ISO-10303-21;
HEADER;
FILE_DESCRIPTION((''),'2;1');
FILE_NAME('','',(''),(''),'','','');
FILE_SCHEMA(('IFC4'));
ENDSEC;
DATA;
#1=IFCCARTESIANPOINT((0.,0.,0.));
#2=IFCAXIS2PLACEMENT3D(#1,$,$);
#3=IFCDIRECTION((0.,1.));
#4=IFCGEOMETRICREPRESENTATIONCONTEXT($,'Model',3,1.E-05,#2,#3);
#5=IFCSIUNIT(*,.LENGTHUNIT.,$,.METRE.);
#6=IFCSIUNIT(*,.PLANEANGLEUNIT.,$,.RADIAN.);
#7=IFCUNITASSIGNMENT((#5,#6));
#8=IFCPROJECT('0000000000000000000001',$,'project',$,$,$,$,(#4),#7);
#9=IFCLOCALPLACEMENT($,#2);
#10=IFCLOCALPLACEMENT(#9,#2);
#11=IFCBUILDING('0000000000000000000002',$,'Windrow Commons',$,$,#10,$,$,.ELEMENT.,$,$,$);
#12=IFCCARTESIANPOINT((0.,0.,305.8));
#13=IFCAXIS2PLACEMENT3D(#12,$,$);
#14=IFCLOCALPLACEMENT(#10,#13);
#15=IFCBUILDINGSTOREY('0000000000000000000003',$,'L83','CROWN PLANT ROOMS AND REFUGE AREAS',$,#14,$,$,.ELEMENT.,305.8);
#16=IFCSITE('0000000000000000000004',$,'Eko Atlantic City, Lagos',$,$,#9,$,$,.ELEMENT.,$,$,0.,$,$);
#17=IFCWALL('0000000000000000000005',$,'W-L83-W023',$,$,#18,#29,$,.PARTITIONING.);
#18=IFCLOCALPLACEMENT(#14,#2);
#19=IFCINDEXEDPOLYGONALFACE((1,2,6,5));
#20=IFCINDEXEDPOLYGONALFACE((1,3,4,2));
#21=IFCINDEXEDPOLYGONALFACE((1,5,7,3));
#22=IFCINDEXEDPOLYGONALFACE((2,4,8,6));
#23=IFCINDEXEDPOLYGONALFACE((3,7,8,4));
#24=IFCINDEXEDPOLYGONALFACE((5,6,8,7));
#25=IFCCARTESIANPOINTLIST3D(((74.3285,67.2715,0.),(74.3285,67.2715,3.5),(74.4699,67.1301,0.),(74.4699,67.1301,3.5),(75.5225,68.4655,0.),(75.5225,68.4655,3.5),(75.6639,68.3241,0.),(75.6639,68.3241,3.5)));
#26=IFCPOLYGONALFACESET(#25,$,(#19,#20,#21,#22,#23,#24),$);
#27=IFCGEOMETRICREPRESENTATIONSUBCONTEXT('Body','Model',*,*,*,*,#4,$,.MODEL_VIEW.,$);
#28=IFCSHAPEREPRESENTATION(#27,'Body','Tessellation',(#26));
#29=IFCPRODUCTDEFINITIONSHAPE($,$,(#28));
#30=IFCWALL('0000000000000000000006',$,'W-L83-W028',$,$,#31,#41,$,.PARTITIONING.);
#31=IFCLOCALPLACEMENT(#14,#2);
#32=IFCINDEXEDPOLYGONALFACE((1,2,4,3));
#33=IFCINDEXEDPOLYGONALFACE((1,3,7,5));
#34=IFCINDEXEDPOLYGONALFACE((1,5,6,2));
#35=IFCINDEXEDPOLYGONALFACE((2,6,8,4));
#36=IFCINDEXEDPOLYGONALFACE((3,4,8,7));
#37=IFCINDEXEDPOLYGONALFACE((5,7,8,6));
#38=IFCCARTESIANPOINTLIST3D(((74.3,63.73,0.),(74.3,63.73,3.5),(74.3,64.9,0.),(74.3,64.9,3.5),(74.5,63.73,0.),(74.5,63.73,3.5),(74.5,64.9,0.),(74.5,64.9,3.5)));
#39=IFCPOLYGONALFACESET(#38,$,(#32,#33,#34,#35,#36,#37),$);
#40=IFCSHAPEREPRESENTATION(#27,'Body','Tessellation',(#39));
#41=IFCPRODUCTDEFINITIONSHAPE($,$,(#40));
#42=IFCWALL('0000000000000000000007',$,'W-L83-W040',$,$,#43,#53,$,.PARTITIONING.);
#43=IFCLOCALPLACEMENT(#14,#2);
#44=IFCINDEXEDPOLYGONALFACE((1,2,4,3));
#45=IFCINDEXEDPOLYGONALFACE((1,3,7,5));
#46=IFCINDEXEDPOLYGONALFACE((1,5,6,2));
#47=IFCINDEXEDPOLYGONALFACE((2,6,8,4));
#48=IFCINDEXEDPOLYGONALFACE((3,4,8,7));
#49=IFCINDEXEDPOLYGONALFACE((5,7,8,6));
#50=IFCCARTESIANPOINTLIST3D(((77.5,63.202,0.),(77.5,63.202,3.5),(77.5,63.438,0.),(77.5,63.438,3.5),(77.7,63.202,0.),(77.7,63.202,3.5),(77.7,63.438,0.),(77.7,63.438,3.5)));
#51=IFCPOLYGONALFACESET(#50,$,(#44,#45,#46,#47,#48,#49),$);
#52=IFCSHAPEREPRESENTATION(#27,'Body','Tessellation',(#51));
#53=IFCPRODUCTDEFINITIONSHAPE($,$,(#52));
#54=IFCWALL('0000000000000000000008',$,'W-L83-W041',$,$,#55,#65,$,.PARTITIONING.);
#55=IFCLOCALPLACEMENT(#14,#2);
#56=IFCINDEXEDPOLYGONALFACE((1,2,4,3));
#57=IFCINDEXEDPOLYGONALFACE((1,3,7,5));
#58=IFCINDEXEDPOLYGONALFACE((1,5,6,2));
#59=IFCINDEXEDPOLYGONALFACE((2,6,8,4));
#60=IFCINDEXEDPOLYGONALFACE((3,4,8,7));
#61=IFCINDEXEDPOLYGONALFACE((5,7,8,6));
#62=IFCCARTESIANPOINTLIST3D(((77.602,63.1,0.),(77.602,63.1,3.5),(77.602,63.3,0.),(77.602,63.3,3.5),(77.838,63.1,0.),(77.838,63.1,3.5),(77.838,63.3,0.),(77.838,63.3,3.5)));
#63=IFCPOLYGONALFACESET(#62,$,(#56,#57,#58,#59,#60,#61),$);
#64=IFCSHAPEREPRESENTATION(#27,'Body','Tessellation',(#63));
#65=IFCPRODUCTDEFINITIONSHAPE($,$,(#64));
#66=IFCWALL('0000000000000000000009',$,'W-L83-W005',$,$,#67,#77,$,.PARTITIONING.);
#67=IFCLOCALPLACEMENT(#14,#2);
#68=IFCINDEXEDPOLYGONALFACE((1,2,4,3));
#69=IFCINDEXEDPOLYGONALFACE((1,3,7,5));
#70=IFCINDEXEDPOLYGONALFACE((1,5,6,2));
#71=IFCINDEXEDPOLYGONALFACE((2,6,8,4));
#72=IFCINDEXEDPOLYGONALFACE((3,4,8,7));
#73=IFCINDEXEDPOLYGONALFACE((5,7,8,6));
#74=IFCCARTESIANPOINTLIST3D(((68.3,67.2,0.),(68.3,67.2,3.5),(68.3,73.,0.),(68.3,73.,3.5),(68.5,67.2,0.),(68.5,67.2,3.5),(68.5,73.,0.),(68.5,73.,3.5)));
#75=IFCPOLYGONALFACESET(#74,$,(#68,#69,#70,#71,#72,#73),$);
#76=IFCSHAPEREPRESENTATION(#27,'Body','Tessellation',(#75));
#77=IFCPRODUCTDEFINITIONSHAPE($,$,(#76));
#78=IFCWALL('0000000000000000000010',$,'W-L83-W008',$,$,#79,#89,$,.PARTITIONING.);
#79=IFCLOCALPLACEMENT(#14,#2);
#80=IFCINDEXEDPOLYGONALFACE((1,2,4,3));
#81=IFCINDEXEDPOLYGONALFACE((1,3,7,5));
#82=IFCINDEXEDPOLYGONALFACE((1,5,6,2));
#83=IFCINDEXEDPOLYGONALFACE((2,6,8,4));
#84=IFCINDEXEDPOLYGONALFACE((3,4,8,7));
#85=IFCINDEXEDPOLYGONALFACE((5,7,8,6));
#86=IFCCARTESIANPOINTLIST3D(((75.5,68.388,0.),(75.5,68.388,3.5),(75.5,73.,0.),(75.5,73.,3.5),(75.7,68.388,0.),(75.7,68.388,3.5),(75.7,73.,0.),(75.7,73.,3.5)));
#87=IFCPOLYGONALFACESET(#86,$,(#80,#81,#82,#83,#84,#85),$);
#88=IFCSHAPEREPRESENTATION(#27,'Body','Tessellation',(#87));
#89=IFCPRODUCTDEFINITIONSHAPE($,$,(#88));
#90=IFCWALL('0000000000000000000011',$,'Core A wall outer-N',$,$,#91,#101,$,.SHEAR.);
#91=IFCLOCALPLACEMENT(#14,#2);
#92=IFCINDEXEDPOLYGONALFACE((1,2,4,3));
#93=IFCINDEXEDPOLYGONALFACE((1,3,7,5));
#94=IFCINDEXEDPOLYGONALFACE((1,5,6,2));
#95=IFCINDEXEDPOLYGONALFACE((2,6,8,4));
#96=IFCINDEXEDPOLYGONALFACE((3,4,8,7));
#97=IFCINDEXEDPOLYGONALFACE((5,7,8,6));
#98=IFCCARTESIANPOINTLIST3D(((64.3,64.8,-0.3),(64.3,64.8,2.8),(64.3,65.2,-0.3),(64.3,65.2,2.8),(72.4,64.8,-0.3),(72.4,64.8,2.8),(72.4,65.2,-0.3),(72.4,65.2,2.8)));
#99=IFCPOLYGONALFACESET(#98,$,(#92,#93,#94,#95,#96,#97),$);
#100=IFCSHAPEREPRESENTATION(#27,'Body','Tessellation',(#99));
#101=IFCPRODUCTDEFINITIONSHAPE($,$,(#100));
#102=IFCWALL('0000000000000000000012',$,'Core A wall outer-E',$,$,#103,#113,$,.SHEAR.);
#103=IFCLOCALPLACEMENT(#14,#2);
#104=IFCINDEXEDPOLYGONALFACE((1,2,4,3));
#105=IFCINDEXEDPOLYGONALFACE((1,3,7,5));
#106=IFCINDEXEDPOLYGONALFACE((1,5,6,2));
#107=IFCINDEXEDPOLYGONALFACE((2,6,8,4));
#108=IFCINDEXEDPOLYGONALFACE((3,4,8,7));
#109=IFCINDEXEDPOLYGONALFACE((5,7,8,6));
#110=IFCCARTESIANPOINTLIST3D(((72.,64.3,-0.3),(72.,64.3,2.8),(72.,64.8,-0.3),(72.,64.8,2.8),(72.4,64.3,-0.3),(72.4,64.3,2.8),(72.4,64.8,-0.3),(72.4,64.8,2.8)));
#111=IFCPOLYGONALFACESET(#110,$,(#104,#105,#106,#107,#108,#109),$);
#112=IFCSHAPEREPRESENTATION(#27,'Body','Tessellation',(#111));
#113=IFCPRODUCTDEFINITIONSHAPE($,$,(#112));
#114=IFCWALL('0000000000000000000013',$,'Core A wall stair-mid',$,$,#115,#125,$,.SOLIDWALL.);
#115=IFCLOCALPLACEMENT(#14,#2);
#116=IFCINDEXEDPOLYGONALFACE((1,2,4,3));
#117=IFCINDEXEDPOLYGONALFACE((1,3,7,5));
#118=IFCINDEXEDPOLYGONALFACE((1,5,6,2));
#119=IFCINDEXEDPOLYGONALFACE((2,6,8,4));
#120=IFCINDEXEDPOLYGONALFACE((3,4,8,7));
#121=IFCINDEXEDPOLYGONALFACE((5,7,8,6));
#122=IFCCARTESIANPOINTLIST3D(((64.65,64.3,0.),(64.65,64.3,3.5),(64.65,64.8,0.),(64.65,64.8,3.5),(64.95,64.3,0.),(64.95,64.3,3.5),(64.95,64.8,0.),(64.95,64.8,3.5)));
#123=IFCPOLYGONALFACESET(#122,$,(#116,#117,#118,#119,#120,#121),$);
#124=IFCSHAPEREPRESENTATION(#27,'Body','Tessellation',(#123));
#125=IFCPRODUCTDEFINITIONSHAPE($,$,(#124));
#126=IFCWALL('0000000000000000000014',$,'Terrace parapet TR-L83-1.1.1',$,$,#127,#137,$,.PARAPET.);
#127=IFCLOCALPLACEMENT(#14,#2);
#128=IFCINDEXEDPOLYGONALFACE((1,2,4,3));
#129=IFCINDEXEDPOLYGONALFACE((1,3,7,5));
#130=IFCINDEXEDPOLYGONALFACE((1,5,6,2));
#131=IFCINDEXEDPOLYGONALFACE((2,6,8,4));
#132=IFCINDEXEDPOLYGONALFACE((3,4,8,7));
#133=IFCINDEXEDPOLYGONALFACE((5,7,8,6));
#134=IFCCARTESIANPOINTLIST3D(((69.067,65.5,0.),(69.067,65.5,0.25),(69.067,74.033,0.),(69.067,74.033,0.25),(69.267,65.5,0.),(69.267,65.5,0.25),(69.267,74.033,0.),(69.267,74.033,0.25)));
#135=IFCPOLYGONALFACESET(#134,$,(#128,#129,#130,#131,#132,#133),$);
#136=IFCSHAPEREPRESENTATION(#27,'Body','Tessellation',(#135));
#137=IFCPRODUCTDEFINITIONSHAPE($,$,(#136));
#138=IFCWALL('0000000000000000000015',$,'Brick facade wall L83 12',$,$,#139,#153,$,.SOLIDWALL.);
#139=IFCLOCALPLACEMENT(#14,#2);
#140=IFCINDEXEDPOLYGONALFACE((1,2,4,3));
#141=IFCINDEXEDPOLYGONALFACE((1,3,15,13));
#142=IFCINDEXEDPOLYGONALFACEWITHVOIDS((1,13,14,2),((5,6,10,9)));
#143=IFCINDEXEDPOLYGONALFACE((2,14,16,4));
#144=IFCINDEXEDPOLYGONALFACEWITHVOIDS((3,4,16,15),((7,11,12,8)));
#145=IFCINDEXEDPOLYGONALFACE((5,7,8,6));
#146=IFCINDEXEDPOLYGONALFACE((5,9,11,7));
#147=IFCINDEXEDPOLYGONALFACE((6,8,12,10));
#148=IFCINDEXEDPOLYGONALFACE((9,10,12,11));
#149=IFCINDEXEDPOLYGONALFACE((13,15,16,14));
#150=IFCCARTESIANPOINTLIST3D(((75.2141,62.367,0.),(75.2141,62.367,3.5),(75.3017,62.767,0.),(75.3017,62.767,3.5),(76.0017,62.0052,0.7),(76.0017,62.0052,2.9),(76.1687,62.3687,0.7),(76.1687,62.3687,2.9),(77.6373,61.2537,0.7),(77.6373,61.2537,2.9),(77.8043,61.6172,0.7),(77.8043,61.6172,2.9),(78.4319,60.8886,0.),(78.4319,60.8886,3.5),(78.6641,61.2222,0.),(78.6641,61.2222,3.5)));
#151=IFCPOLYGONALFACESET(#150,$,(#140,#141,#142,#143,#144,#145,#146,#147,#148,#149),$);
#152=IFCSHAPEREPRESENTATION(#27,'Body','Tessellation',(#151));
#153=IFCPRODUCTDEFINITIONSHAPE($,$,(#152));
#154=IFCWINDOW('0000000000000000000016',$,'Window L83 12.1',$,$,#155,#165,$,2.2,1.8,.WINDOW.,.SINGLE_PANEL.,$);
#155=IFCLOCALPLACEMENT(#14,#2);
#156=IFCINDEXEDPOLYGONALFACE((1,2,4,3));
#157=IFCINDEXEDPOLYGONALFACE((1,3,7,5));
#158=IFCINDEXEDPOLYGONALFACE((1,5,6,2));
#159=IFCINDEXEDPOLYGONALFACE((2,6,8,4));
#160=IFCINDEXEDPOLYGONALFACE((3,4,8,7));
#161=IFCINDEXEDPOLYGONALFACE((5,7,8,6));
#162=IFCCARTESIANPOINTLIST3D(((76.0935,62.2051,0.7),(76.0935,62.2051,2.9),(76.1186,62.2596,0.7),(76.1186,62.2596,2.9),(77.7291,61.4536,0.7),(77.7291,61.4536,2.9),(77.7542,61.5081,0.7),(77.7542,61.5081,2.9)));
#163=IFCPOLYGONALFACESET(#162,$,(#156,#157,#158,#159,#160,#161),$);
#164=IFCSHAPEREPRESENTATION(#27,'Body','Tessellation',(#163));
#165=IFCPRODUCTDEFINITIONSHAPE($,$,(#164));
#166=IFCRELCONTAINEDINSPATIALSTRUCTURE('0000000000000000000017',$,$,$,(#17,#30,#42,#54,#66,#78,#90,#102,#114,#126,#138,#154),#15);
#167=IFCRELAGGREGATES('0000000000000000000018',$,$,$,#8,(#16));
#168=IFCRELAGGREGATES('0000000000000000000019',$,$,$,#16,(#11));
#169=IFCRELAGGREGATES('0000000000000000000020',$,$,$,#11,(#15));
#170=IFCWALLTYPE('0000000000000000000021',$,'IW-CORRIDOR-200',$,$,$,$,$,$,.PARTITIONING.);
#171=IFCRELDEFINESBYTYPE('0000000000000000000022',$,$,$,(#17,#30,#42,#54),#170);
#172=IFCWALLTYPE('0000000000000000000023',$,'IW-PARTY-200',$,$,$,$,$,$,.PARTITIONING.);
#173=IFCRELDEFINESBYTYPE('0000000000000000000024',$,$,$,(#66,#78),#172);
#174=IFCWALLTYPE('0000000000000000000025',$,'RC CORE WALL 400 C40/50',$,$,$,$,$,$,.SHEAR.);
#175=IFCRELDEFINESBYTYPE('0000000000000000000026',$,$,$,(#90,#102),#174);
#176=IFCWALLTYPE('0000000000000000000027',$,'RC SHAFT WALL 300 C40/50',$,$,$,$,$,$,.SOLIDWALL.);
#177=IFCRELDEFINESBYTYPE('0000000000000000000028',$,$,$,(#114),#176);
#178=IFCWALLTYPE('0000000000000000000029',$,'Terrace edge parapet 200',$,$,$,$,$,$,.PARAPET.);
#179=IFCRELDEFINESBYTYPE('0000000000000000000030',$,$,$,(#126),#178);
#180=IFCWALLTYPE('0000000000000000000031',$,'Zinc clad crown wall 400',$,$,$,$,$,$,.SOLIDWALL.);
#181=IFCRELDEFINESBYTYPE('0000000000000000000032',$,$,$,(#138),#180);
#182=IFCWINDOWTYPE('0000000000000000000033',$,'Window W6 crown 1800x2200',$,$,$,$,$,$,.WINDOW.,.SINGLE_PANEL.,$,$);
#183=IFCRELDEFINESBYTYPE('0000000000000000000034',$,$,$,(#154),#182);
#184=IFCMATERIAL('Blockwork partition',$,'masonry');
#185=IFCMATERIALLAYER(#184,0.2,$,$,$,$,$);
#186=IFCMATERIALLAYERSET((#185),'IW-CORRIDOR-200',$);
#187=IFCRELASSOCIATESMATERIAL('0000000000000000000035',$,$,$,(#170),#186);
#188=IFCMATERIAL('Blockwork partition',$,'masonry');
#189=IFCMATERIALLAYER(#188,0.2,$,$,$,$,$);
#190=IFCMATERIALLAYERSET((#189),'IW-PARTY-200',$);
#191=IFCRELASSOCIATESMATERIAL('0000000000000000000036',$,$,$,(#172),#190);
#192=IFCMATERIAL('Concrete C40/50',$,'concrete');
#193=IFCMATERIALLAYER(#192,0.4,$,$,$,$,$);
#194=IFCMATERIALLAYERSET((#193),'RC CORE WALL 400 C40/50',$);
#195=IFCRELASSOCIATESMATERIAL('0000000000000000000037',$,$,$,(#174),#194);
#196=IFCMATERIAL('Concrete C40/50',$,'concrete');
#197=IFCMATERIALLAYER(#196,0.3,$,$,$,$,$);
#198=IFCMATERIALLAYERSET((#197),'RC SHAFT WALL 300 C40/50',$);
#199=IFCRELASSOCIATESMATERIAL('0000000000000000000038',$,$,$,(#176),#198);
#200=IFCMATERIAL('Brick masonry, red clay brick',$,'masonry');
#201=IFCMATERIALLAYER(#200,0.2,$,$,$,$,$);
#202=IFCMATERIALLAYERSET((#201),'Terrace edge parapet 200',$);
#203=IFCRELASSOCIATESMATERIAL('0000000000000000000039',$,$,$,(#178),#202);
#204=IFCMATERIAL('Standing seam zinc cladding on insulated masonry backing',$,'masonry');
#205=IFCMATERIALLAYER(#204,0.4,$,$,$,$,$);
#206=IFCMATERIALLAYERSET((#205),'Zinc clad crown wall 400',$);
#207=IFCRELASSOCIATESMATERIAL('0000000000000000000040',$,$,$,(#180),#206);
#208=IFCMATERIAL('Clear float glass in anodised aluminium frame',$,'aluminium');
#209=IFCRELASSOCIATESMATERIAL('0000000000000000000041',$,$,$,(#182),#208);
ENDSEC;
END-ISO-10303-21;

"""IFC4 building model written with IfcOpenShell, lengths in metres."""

from ifc_helpers import new_model, si_unit, direction, frame, frame_2d, origin, place, context, subcontext, project, spatial, polyline, rectangle, outline, extrude, material, layer, layer_set, type_object, element, fill, save


model = new_model("IFC4")

# Units and contexts
model_context = context("Model", 3, precision=1e-05, world=origin(), true_north=direction((0.0, 1.0)))
body_context = subcontext(model_context, "Body", "Model", "MODEL_VIEW")
ifc_project = project(units=[si_unit("LENGTHUNIT", "METRE"), si_unit("PLANEANGLEUNIT", "RADIAN")], contexts=[model_context])

# Site, building, storey
site_placement = place(None, origin())
site = spatial("IfcSite", under=ifc_project, at=site_placement, Name="Eko Atlantic City, Lagos", CompositionType="ELEMENT", RefElevation=0.0)
building_placement = place(site_placement, origin())
building = spatial("IfcBuilding", under=site, at=building_placement, Name="Windrow Commons", CompositionType="ELEMENT")
storey_placement = place(building_placement, frame((0.0, 0.0, 305.8)))
storey = spatial("IfcBuildingStorey", under=building, at=storey_placement, Name="L83", Description="CROWN PLANT ROOMS AND REFUGE AREAS", CompositionType="ELEMENT", Elevation=305.8)

# Shared definitions
ifc_material_1 = material(Name="Blockwork partition", Category="masonry")
ifc_layer_1 = layer(ifc_material_1, 0.2)
ifc_layer_set_1 = layer_set([ifc_layer_1], Name="IW-CORRIDOR-200")
wall_type_1 = type_object("IfcWallType", Name="IW-CORRIDOR-200", PredefinedType="PARTITIONING", material=ifc_layer_set_1)

# Walls
wall_1_placement = place(storey_placement, frame((74.3992, 67.2008, 0.0), z_axis=(0.0, 0.0, 1.0), x_axis=(0.707107, 0.707107, 0.0)))
element("IfcWall", 1, at=wall_1_placement, inside=storey, type_object=wall_type_1, Name="W-L83-W023", PredefinedType="PARTITIONING", context=body_context, shape_type="SweptSolid", body=[
    extrude(rectangle(XDim=1.6886, YDim=0.2, at=frame_2d((0.8443, 0.0))), origin(), (0.0, 0.0, 1.0), 3.5),
])
wall_2_placement = place(storey_placement, frame((74.4, 63.73, 0.0), z_axis=(0.0, 0.0, 1.0), x_axis=(0.0, 1.0, 0.0)))
element("IfcWall", 2, at=wall_2_placement, inside=storey, type_object=wall_type_1, Name="W-L83-W028", PredefinedType="PARTITIONING", context=body_context, shape_type="SweptSolid", body=[
    extrude(rectangle(XDim=1.17, YDim=0.2, at=frame_2d((0.585, 0.0))), origin(), (0.0, 0.0, 1.0), 3.5),
])
for number, where, z_axis, x_axis, name in (
    (3, (77.6, 63.202, 0.0), (0.0, 0.0, 1.0), (0.0, 1.0, 0.0), "W-L83-W040"),
    (4, (77.602, 63.2, 0.0), (0.0, 0.0, 1.0), (1.0, 0.0, 0.0), "W-L83-W041"),
):
    element("IfcWall", number, at=place(storey_placement, frame(where, z_axis=z_axis, x_axis=x_axis)), inside=storey, type_object=wall_type_1, Name=name, PredefinedType="PARTITIONING", context=body_context, shape_type="SweptSolid", body=[
        extrude(rectangle(XDim=0.236, YDim=0.2, at=frame_2d((0.118, 0.0))), origin(), (0.0, 0.0, 1.0), 3.5),
    ])
ifc_material_2 = material(Name="Blockwork partition", Category="masonry")
ifc_layer_2 = layer(ifc_material_2, 0.2)
ifc_layer_set_2 = layer_set([ifc_layer_2], Name="IW-PARTY-200")
wall_type_2 = type_object("IfcWallType", Name="IW-PARTY-200", PredefinedType="PARTITIONING", material=ifc_layer_set_2)
wall_3_placement = place(storey_placement, frame((68.4, 67.2, 0.0), z_axis=(0.0, 0.0, 1.0), x_axis=(0.0, 1.0, 0.0)))
element("IfcWall", 5, at=wall_3_placement, inside=storey, type_object=wall_type_2, Name="W-L83-W005", PredefinedType="PARTITIONING", context=body_context, shape_type="SweptSolid", body=[
    extrude(rectangle(XDim=5.8, YDim=0.2, at=frame_2d((2.9, 0.0))), origin(), (0.0, 0.0, 1.0), 3.5),
])
wall_4_placement = place(storey_placement, frame((75.6, 68.388, 0.0), z_axis=(0.0, 0.0, 1.0), x_axis=(0.0, 1.0, 0.0)))
element("IfcWall", 6, at=wall_4_placement, inside=storey, type_object=wall_type_2, Name="W-L83-W008", PredefinedType="PARTITIONING", context=body_context, shape_type="SweptSolid", body=[
    extrude(rectangle(XDim=4.612, YDim=0.2, at=frame_2d((2.306, 0.0))), origin(), (0.0, 0.0, 1.0), 3.5),
])
ifc_material_3 = material(Name="Concrete C40/50", Category="concrete")
ifc_layer_3 = layer(ifc_material_3, 0.4)
ifc_layer_set_3 = layer_set([ifc_layer_3], Name="RC CORE WALL 400 C40/50")
wall_type_3 = type_object("IfcWallType", Name="RC CORE WALL 400 C40/50", PredefinedType="SHEAR", material=ifc_layer_set_3)
wall_5_placement = place(storey_placement, frame((64.3, 65.0, -0.3), z_axis=(0.0, 0.0, 1.0), x_axis=(1.0, 0.0, 0.0)))
element("IfcWall", 7, at=wall_5_placement, inside=storey, type_object=wall_type_3, Name="Core A wall outer-N", PredefinedType="SHEAR", context=body_context, shape_type="SweptSolid", body=[
    extrude(outline(polyline([(0.0, 0.0), (8.1, 0.0), (8.1, 3.1), (0.0, 3.1), (0.0, 0.0)])), frame((0.0, 0.2, 0.0), z_axis=(0.0, -1.0, 0.0), x_axis=(1.0, 0.0, 0.0)), (0.0, 0.0, 1.0), 0.4),
])
wall_6_placement = place(storey_placement, frame((72.2, 64.3, -0.3), z_axis=(0.0, 0.0, 1.0), x_axis=(0.0, 1.0, 0.0)))
element("IfcWall", 8, at=wall_6_placement, inside=storey, type_object=wall_type_3, Name="Core A wall outer-E", PredefinedType="SHEAR", context=body_context, shape_type="SweptSolid", body=[
    extrude(outline(polyline([(0.0, 0.0), (0.5, 0.0), (0.5, 3.1), (0.0, 3.1), (0.0, 0.0)])), frame((0.0, 0.2, 0.0), z_axis=(0.0, -1.0, 0.0), x_axis=(1.0, 0.0, 0.0)), (0.0, 0.0, 1.0), 0.4),
])
ifc_material_4 = material(Name="Concrete C40/50", Category="concrete")
ifc_layer_4 = layer(ifc_material_4, 0.3)
ifc_layer_set_4 = layer_set([ifc_layer_4], Name="RC SHAFT WALL 300 C40/50")
wall_type_4 = type_object("IfcWallType", Name="RC SHAFT WALL 300 C40/50", PredefinedType="SOLIDWALL", material=ifc_layer_set_4)
wall_7_placement = place(storey_placement, frame((64.8, 64.3, 0.0), z_axis=(0.0, 0.0, 1.0), x_axis=(0.0, 1.0, 0.0)))
element("IfcWall", 9, at=wall_7_placement, inside=storey, type_object=wall_type_4, Name="Core A wall stair-mid", PredefinedType="SOLIDWALL", context=body_context, shape_type="SweptSolid", body=[
    extrude(outline(polyline([(0.0, 0.0), (0.5, 0.0), (0.5, 3.5), (0.0, 3.5), (0.0, 0.0)])), frame((0.0, 0.15, 0.0), z_axis=(0.0, -1.0, 0.0), x_axis=(1.0, 0.0, 0.0)), (0.0, 0.0, 1.0), 0.3),
])
ifc_material_5 = material(Name="Brick masonry, red clay brick", Category="masonry")
ifc_layer_5 = layer(ifc_material_5, 0.2)
ifc_layer_set_5 = layer_set([ifc_layer_5], Name="Terrace edge parapet 200")
wall_type_5 = type_object("IfcWallType", Name="Terrace edge parapet 200", PredefinedType="PARAPET", material=ifc_layer_set_5)
wall_8_placement = place(storey_placement, frame((69.167, 65.5, 0.0), z_axis=(0.0, 0.0, 1.0), x_axis=(0.0, 1.0, 0.0)))
element("IfcWall", 10, at=wall_8_placement, inside=storey, type_object=wall_type_5, Name="Terrace parapet TR-L83-1.1.1", PredefinedType="PARAPET", context=body_context, shape_type="SweptSolid", body=[
    extrude(outline(polyline([(0.0, -0.1), (8.533, -0.1), (8.533, 0.1), (0.0, 0.1), (0.0, -0.1)])), origin(), (0.0, 0.0, 1.0), 0.25),
])

# Wall, opening, window
ifc_material_6 = material(Name="Standing seam zinc cladding on insulated masonry backing", Category="masonry")
ifc_layer_6 = layer(ifc_material_6, 0.4)
ifc_layer_set_6 = layer_set([ifc_layer_6], Name="Zinc clad crown wall 400")
wall_type_6 = type_object("IfcWallType", Name="Zinc clad crown wall 400", PredefinedType="SOLIDWALL", material=ifc_layer_set_6)
wall_9_placement = place(storey_placement, frame((75.2579, 62.567, 0.0), z_axis=(0.0, 0.0, 1.0), x_axis=(0.908684, -0.417485, 0.0)))
wall_9 = element("IfcWall", 11, at=wall_9_placement, inside=storey, type_object=wall_type_6, Name="Brick facade wall L83 12", PredefinedType="SOLIDWALL", context=body_context, shape_type="SweptSolid", body=[
    extrude(outline(polyline([(0.0437, -0.2), (3.5849, -0.2), (3.6566, 0.2), (-0.0437, 0.2), (0.0437, -0.2)])), origin(), (0.0, 0.0, 1.0), 3.5),
])
opening_1_placement = place(wall_9_placement, frame((0.9104, 0.0, 0.7)))
opening_1 = element("IfcOpeningElement", 12, at=opening_1_placement, cuts=wall_9, PredefinedType="OPENING", context=body_context, shape_type="SweptSolid", body=[
    extrude(rectangle(XDim=1.8, YDim=2.2, at=frame_2d((0.9, 1.1))), frame((0.0, 0.21, 0.0), z_axis=(0.0, -1.0, 0.0), x_axis=(1.0, 0.0, 0.0)), (0.0, 0.0, 1.0), 0.42),
])
ifc_material_7 = material(Name="Clear float glass in anodised aluminium frame", Category="aluminium")
window_type = type_object("IfcWindowType", Name="Window W6 crown 1800x2200", PartitioningType="SINGLE_PANEL", PredefinedType="WINDOW", material=ifc_material_7)
window_1_placement = place(opening_1_placement, origin())
window_1 = element("IfcWindow", 13, at=window_1_placement, inside=storey, type_object=window_type, Name="Window L83 12.1", OverallHeight=2.2, OverallWidth=1.8, PartitioningType="SINGLE_PANEL", PredefinedType="WINDOW", context=body_context, shape_type="SweptSolid", body=[
    extrude(rectangle(XDim=1.8, YDim=2.2, at=frame_2d((0.9, 1.1))), frame((0.0, 0.08, 0.0), z_axis=(0.0, -1.0, 0.0), x_axis=(1.0, 0.0, 0.0)), (0.0, 0.0, 1.0), 0.06),
])
fill(opening_1, window_1)

save(model, "model.ifc")
